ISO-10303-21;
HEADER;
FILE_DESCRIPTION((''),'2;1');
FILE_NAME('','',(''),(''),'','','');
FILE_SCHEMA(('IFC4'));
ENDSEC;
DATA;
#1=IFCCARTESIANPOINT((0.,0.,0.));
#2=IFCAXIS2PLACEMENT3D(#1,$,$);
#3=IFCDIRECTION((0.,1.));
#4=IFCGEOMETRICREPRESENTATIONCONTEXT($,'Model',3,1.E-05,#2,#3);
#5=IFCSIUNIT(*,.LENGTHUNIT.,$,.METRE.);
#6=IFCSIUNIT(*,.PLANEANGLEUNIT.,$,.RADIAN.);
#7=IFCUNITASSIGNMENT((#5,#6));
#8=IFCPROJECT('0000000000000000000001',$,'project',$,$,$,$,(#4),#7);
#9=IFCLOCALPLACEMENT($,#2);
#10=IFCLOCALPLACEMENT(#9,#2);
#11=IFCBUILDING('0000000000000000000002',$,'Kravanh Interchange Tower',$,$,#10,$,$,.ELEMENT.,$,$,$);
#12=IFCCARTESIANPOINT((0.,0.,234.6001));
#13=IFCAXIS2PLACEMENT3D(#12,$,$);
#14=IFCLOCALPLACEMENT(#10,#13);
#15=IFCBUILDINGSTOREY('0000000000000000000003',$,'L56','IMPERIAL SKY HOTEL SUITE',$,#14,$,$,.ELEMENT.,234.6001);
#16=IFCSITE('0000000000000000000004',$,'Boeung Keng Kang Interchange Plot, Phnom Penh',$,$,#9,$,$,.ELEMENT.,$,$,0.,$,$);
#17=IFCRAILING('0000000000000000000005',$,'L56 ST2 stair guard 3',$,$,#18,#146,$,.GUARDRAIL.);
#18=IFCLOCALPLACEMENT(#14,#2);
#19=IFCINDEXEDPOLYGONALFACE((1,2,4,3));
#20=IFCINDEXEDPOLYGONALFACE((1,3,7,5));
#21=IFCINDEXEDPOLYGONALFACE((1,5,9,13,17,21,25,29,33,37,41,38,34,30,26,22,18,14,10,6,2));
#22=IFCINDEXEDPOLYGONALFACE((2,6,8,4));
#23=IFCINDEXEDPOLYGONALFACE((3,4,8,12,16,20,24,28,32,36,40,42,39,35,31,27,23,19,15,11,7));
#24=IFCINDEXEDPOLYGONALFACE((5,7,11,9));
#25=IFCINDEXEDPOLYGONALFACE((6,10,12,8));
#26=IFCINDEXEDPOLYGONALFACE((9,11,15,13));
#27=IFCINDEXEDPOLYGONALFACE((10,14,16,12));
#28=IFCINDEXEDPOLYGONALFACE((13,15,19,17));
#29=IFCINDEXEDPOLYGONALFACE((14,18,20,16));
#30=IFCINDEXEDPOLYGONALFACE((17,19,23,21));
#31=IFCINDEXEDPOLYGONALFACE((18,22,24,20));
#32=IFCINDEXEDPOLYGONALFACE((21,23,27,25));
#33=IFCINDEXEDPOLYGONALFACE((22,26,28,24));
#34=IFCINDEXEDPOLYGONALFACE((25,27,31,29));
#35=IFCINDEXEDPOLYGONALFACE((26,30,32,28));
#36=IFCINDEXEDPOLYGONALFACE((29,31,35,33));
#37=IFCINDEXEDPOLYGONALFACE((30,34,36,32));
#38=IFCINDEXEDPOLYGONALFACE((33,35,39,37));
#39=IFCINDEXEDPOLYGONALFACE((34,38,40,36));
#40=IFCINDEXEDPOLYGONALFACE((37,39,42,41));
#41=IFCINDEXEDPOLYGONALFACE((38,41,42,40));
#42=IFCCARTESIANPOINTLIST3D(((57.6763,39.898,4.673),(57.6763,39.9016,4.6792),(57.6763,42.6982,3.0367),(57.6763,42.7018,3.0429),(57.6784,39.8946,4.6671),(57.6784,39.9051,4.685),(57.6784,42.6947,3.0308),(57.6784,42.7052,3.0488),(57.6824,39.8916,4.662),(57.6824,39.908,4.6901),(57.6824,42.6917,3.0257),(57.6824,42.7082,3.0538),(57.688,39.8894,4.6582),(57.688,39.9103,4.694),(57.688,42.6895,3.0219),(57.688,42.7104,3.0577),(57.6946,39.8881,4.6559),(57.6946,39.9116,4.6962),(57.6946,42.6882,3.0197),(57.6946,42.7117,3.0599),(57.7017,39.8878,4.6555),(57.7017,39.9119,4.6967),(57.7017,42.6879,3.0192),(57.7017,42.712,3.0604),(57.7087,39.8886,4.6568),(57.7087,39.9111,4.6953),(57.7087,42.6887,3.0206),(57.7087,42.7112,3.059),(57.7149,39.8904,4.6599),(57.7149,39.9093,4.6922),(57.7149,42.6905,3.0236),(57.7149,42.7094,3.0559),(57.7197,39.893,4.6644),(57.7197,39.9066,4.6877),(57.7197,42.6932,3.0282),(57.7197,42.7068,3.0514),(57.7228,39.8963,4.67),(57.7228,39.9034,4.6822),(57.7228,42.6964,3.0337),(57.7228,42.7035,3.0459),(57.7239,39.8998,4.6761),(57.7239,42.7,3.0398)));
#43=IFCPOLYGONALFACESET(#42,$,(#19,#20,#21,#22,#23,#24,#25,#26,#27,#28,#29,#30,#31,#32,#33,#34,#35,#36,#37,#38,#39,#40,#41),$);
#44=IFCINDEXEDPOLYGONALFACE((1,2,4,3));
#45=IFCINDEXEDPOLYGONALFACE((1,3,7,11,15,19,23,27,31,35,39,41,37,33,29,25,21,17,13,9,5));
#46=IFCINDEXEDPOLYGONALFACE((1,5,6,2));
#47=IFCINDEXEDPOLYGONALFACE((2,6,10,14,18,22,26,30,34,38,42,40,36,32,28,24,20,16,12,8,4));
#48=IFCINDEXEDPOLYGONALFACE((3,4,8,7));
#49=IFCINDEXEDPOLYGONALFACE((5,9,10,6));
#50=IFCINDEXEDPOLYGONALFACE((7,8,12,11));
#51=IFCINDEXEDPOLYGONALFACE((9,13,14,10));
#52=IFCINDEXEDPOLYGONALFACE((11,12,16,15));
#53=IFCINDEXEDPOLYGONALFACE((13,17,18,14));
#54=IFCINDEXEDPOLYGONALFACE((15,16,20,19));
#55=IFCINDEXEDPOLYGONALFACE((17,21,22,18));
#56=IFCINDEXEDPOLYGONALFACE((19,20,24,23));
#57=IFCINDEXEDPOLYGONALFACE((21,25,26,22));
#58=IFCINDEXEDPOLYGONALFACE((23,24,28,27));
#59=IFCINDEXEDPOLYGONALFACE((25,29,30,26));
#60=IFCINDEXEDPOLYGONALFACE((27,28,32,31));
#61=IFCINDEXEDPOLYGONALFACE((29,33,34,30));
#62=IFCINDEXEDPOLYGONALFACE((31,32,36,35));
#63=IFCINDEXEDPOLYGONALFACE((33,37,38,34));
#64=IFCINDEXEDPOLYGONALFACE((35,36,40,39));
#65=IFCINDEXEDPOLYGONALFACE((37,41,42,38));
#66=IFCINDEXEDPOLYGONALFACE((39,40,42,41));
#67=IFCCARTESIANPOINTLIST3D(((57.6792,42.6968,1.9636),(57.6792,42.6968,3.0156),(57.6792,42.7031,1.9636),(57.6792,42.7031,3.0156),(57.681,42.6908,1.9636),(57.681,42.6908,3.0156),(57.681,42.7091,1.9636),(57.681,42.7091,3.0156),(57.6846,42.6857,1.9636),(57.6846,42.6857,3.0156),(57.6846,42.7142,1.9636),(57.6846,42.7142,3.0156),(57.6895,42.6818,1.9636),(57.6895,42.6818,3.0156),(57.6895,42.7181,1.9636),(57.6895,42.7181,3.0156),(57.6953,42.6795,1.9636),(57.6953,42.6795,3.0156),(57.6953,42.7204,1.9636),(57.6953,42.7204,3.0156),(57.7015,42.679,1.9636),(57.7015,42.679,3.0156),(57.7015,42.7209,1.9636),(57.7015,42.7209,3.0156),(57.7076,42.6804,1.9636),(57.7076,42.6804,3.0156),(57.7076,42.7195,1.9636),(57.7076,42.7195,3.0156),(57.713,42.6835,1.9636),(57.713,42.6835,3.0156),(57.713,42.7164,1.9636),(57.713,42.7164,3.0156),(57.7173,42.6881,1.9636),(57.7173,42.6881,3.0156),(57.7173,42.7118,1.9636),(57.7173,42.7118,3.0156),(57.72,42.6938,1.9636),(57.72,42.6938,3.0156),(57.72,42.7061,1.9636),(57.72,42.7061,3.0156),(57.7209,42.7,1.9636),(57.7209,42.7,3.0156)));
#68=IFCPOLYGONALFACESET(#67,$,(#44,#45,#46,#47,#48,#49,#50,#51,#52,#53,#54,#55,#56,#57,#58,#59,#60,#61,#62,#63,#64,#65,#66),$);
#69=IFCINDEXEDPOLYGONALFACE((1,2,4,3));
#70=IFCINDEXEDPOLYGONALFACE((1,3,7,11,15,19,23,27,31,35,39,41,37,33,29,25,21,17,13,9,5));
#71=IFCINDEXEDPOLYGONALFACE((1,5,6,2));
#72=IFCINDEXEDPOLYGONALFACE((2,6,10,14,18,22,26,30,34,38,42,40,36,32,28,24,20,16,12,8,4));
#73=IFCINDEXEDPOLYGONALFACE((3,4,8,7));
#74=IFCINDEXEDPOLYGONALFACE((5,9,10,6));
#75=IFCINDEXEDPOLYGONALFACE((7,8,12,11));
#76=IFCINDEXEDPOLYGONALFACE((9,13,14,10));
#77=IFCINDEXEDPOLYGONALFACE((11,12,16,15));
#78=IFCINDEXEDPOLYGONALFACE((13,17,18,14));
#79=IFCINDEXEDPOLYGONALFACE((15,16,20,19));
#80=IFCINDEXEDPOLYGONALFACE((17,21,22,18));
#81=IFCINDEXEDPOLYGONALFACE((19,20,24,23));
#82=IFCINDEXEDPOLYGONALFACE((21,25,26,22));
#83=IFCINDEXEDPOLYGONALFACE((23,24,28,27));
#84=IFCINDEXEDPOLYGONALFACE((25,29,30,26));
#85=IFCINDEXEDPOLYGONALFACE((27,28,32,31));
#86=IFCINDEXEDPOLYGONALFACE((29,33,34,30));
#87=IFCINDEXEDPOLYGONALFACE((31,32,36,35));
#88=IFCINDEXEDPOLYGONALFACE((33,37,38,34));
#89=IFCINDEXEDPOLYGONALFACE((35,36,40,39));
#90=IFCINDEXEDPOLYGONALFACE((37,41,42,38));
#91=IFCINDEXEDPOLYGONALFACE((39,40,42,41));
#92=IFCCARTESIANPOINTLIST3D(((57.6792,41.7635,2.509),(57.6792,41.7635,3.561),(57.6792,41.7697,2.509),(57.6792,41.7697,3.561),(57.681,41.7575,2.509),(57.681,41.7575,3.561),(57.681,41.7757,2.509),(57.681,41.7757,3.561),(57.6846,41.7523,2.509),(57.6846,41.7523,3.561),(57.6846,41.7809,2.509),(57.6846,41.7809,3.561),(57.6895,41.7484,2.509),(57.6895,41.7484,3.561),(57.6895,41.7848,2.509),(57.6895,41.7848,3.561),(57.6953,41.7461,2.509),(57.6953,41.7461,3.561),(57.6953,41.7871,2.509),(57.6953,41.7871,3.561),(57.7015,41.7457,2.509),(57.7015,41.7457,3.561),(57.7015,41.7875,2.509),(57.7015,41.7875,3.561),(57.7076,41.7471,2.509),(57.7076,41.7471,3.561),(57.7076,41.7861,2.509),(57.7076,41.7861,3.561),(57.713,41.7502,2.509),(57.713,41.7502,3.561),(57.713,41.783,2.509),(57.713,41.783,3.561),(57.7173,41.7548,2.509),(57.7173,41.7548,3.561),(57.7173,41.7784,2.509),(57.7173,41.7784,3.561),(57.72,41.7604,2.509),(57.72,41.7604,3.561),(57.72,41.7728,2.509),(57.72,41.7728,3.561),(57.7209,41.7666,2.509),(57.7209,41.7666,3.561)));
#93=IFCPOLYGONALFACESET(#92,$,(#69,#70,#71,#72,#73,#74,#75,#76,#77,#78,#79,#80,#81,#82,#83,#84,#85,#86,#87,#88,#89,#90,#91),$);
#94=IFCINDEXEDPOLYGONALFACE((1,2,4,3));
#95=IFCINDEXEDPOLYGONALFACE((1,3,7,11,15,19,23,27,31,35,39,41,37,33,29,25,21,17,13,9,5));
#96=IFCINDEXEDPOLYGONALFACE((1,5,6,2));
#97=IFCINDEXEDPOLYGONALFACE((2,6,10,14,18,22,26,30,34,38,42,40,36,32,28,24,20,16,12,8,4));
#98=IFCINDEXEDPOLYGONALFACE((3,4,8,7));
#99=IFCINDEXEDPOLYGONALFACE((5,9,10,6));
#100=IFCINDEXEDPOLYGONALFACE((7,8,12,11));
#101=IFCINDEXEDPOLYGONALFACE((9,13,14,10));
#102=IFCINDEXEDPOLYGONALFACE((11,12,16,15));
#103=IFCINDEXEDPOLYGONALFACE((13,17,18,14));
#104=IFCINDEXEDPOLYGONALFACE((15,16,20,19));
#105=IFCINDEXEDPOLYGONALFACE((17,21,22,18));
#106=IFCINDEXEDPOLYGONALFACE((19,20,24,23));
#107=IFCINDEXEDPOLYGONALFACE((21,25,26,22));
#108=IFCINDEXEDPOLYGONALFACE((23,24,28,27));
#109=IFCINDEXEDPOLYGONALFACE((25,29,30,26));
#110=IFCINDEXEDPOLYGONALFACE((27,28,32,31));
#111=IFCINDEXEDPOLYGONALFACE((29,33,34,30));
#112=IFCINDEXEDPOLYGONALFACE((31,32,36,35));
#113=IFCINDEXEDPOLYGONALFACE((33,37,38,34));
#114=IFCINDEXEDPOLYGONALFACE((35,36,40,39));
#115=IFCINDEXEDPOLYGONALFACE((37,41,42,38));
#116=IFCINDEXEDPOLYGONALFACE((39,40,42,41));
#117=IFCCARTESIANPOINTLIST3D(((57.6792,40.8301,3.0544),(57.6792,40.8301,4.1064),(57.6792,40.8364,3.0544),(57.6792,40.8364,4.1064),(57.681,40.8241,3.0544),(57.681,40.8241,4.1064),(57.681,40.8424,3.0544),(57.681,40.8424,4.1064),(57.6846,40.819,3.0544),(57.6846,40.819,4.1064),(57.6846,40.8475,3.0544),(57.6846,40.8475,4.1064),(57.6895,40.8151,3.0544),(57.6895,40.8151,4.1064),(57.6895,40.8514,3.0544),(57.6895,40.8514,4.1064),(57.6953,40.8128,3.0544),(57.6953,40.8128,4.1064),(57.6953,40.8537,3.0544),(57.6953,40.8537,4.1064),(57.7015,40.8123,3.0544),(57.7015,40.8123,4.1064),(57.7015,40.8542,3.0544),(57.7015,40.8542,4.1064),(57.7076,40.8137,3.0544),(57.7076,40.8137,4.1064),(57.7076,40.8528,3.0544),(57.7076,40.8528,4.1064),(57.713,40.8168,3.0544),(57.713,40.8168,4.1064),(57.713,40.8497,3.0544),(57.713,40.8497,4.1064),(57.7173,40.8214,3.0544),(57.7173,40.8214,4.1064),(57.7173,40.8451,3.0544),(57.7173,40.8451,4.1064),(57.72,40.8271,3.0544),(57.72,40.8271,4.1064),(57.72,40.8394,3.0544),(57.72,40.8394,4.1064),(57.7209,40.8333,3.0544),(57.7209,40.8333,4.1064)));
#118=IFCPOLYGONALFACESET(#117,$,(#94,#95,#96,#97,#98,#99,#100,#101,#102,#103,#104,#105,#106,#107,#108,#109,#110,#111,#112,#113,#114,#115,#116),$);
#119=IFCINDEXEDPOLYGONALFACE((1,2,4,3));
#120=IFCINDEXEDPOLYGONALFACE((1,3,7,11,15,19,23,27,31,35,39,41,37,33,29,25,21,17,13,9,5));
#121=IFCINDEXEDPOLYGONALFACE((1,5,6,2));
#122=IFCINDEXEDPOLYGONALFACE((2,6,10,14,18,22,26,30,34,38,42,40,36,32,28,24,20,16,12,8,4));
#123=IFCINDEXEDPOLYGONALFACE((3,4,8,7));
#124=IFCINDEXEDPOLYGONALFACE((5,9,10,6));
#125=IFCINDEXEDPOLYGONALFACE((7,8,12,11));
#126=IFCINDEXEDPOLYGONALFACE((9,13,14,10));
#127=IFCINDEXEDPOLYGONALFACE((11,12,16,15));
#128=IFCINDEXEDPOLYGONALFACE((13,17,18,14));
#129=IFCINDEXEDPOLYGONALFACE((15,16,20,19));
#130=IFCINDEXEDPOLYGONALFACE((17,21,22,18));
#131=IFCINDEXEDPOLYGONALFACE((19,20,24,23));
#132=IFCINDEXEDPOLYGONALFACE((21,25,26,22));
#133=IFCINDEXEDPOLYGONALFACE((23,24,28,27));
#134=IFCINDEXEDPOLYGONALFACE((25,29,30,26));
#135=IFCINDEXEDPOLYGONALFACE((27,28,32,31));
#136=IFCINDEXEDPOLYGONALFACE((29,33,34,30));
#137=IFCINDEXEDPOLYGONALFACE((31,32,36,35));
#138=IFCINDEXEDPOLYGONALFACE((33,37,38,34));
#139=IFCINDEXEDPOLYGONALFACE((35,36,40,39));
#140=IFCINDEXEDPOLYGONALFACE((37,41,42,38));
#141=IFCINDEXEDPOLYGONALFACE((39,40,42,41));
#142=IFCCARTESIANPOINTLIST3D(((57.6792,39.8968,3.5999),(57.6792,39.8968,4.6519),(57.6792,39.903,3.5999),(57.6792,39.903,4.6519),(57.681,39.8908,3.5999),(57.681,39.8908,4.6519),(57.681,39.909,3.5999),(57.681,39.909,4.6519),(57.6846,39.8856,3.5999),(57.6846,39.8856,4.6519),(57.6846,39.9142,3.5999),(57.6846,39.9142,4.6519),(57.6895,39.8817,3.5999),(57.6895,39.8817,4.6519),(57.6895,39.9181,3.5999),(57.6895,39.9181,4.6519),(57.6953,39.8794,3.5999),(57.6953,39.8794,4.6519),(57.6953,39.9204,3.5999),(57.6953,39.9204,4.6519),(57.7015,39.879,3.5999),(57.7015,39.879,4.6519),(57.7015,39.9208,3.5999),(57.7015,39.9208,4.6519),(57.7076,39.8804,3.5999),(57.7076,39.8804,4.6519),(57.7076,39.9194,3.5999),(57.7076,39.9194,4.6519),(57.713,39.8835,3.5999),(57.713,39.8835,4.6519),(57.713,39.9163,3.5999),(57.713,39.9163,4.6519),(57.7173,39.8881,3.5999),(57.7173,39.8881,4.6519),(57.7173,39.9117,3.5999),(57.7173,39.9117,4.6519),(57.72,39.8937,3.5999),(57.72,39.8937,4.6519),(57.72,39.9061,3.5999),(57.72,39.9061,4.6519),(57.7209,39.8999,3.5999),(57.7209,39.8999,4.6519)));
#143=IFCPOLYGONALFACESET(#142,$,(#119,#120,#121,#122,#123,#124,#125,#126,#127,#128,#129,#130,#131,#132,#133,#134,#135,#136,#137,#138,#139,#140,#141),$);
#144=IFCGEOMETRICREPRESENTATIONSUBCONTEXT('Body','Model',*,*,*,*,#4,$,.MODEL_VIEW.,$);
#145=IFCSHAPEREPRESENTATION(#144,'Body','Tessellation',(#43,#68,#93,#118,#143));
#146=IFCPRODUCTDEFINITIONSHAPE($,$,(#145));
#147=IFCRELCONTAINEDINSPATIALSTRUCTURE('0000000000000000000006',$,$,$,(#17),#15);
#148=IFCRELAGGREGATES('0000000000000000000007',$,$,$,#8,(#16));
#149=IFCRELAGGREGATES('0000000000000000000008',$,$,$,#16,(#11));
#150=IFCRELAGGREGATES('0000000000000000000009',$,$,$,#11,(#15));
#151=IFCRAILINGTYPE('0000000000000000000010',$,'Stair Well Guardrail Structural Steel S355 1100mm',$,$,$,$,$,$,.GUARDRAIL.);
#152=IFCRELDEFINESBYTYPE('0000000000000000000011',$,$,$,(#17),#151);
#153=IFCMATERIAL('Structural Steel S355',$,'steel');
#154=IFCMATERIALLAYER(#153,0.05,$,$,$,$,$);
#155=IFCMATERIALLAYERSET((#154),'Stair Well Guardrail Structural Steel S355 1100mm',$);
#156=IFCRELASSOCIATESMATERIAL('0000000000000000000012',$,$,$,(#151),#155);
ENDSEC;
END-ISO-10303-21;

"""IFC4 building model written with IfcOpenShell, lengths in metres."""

from ifc_helpers import new_model, si_unit, direction, frame, origin, origin_2d, place, context, subcontext, project, spatial, circle, extrude, material, layer, layer_set, type_object, element, save


model = new_model("IFC4")

# Units and contexts
model_context = context("Model", 3, precision=1e-05, world=origin(), true_north=direction((0.0, 1.0)))
body_context = subcontext(model_context, "Body", "Model", "MODEL_VIEW")
ifc_project = project(units=[si_unit("LENGTHUNIT", "METRE"), si_unit("PLANEANGLEUNIT", "RADIAN")], contexts=[model_context])

# Site, building, storey
site_placement = place(None, origin())
site = spatial("IfcSite", under=ifc_project, at=site_placement, Name="Boeung Keng Kang Interchange Plot, Phnom Penh", CompositionType="ELEMENT", RefElevation=0.0)
building_placement = place(site_placement, origin())
building = spatial("IfcBuilding", under=site, at=building_placement, Name="Kravanh Interchange Tower", CompositionType="ELEMENT")
storey_placement = place(building_placement, frame((0.0, 0.0, 234.6001)))
storey = spatial("IfcBuildingStorey", under=building, at=storey_placement, Name="L56", Description="IMPERIAL SKY HOTEL SUITE", CompositionType="ELEMENT", Elevation=234.6001)

# Railing
ifc_material_1 = material(Name="Structural Steel S355", Category="steel")
ifc_layer_1 = layer(ifc_material_1, 0.05)
ifc_layer_set_1 = layer_set([ifc_layer_1], Name="Stair Well Guardrail Structural Steel S355 1100mm")
railing_type_1 = type_object("IfcRailingType", Name="Stair Well Guardrail Structural Steel S355 1100mm", PredefinedType="GUARDRAIL", material=ifc_layer_set_1)
railing_1_placement = place(storey_placement, frame((57.7, 42.7, 1.9636)))
element("IfcRailing", 1, at=railing_1_placement, inside=storey, type_object=railing_type_1, Name="L56 ST2 stair guard 3", PredefinedType="GUARDRAIL", context=body_context, shape_type="SweptSolid", body=[
    extrude(circle(Radius=0.0239, at=origin_2d()), frame((0.0, 0.0, 1.0762), z_axis=(0.0, -0.863394, 0.504531), x_axis=(1.0, 0.0, 0.0)), (0.0, 0.0, 1.0), 3.2432),
    extrude(circle(Radius=0.021, at=origin_2d()), origin(), (0.0, 0.0, 1.0), 1.052),
    extrude(circle(Radius=0.021, at=origin_2d()), frame((0.0, -0.9333, 0.5454)), (0.0, 0.0, 1.0), 1.052),
    extrude(circle(Radius=0.021, at=origin_2d()), frame((0.0, -1.8667, 1.0908)), (0.0, 0.0, 1.0), 1.052),
    extrude(circle(Radius=0.021, at=origin_2d()), frame((0.0, -2.8, 1.6362)), (0.0, 0.0, 1.0), 1.052),
])

save(model, "model.ifc")
